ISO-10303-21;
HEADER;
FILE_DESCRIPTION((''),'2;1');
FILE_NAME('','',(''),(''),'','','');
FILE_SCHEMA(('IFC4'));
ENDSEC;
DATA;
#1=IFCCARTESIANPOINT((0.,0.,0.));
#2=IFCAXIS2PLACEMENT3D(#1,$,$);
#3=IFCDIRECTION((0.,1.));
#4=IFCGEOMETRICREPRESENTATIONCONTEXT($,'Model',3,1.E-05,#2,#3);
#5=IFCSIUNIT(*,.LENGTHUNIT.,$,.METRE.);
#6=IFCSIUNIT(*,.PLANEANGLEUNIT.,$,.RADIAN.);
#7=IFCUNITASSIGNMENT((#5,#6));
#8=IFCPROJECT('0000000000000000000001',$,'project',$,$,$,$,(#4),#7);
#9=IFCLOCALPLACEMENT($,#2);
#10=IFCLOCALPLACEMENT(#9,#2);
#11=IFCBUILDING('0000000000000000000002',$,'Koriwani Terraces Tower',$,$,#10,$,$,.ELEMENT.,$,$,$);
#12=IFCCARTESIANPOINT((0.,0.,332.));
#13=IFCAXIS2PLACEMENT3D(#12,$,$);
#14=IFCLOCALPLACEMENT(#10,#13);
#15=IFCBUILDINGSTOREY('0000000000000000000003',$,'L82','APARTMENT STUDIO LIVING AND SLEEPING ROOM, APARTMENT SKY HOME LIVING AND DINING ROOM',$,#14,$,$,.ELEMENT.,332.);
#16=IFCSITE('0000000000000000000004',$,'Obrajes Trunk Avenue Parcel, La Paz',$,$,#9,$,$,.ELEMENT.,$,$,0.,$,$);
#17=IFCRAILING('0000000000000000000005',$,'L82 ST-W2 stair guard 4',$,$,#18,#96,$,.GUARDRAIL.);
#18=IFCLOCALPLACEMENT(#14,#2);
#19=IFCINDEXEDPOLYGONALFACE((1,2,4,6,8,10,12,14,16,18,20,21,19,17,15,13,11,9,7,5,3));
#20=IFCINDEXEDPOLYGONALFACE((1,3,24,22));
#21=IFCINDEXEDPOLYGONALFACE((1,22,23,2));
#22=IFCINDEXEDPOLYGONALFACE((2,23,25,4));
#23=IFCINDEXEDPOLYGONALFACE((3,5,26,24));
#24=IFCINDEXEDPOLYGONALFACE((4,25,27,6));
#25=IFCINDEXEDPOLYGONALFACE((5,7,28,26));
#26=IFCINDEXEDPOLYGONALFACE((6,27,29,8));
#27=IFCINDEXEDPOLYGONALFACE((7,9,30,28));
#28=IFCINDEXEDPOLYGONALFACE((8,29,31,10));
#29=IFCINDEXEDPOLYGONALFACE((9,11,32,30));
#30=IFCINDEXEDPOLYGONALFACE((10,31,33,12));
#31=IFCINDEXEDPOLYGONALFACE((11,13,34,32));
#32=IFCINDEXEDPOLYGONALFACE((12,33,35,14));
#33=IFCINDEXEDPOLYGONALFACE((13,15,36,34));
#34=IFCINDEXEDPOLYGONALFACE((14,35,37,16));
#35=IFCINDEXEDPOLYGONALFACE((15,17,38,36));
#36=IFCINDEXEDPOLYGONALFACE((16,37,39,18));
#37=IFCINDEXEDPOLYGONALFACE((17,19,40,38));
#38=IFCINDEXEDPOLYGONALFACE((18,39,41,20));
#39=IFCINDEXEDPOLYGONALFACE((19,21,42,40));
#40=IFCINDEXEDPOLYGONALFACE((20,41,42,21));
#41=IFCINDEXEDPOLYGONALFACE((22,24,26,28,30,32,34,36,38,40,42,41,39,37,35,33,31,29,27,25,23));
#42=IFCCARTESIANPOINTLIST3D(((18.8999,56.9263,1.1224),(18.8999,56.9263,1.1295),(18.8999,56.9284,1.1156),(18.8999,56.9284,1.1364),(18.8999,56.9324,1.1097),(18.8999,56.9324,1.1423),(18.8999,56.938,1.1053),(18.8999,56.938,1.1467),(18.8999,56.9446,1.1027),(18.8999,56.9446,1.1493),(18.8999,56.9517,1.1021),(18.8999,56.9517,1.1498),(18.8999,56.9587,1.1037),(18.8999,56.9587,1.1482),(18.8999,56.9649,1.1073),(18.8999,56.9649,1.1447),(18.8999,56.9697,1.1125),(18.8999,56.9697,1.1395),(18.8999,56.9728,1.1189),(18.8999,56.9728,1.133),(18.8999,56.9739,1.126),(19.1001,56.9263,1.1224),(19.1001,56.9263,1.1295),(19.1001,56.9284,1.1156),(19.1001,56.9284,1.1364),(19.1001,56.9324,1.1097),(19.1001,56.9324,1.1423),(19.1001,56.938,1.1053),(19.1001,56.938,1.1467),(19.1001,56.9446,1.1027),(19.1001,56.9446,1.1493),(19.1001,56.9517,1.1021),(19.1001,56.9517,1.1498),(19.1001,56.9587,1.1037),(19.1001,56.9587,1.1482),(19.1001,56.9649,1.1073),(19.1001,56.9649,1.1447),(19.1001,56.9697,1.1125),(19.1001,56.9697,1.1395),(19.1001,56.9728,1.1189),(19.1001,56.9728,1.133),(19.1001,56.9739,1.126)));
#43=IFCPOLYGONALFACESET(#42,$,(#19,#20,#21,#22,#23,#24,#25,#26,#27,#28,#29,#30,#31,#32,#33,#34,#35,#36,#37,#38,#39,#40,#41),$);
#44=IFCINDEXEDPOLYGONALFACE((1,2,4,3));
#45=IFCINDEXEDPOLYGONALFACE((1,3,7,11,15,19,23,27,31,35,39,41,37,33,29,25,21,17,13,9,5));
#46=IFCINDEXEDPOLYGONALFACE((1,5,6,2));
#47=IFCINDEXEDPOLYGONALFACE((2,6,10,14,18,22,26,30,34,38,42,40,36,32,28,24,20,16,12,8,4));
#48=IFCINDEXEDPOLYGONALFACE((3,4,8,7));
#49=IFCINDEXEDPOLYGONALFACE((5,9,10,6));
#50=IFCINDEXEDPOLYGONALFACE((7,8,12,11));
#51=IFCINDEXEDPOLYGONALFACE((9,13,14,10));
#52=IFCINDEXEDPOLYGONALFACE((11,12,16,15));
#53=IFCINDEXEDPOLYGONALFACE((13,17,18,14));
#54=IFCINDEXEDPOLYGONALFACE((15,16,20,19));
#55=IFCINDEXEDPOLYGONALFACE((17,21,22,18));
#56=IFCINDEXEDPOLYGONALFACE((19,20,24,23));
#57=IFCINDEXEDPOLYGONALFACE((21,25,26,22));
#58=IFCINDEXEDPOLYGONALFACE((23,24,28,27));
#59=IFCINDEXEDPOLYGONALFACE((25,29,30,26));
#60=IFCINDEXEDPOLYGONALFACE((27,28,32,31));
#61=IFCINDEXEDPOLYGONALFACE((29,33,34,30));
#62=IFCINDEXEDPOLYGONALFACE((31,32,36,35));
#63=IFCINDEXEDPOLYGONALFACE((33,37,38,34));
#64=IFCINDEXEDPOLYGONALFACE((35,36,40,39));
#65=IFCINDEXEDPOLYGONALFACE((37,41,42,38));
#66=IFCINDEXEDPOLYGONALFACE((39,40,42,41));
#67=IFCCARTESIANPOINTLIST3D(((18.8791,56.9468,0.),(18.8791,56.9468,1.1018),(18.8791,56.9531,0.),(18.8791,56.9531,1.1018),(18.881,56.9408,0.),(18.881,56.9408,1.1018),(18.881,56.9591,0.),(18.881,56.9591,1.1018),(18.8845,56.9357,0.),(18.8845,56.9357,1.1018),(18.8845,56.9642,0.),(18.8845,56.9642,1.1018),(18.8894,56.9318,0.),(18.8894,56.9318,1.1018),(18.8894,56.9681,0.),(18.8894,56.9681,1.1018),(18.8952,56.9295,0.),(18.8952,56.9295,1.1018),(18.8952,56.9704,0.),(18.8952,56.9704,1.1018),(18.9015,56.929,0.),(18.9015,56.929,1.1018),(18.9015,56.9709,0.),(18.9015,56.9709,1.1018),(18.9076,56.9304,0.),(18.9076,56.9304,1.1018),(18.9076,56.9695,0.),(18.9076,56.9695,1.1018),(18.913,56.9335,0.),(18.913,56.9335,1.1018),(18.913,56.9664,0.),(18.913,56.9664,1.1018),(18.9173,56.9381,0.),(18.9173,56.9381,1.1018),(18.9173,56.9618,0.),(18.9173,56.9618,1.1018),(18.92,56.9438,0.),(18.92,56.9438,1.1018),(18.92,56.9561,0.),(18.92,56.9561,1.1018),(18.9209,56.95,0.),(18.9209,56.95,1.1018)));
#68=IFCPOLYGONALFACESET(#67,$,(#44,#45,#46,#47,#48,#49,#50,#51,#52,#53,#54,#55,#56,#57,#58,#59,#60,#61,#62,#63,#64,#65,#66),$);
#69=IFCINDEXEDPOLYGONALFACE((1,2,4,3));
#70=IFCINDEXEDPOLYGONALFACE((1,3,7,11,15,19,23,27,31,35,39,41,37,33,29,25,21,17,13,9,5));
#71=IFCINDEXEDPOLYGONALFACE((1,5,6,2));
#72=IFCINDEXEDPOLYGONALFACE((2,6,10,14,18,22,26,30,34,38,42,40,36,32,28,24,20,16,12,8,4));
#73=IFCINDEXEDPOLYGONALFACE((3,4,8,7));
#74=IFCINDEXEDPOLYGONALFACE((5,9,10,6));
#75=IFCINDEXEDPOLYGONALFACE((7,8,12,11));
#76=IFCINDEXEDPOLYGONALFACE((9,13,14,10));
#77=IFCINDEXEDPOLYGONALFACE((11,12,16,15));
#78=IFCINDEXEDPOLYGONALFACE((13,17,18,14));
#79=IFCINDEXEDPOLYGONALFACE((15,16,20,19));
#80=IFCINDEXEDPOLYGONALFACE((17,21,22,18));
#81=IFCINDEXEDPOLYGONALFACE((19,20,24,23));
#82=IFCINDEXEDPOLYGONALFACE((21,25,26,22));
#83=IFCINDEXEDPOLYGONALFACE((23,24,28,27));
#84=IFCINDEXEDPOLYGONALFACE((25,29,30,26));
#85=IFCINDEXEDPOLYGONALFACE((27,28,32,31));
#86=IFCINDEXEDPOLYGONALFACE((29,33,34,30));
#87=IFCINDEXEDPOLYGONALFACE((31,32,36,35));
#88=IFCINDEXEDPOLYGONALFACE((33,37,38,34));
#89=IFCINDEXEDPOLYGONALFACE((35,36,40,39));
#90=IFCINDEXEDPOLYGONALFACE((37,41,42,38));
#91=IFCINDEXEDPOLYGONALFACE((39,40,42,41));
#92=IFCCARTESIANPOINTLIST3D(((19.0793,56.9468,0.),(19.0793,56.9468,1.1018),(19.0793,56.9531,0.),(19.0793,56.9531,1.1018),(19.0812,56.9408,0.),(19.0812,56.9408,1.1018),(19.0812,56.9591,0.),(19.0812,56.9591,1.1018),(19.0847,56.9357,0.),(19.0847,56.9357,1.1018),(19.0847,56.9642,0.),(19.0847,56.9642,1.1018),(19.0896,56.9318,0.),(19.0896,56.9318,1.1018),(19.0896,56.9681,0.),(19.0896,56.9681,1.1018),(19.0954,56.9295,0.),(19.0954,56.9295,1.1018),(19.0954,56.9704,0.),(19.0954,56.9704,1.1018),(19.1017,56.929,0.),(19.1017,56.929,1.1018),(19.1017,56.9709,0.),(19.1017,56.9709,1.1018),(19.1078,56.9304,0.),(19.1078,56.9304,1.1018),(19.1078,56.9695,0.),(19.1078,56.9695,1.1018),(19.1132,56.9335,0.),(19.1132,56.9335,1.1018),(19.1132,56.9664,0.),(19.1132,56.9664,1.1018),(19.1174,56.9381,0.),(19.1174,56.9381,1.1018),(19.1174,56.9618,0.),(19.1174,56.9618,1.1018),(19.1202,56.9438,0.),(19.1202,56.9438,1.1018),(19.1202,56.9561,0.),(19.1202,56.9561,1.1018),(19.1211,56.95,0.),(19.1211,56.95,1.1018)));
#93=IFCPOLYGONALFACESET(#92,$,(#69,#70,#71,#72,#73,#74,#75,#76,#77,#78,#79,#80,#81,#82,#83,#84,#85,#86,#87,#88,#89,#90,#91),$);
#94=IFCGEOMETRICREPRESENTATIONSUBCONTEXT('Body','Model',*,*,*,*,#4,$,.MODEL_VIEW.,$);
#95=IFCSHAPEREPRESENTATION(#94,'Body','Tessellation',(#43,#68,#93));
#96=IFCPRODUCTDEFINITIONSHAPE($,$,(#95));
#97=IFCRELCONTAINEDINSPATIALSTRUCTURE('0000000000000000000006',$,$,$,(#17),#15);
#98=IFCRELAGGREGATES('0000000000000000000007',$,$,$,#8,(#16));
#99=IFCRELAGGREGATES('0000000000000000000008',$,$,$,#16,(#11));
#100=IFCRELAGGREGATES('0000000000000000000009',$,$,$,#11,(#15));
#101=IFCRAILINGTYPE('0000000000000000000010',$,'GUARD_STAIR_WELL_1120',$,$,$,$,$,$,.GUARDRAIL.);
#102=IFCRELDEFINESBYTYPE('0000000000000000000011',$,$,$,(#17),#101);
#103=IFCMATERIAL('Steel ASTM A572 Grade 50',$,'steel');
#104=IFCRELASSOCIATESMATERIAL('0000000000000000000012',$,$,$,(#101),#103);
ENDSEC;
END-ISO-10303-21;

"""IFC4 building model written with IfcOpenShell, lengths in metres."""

from ifc_helpers import new_model, si_unit, direction, frame, origin, origin_2d, place, context, subcontext, project, spatial, circle, extrude, material, type_object, element, save


model = new_model("IFC4")

# Units and contexts
model_context = context("Model", 3, precision=1e-05, world=origin(), true_north=direction((0.0, 1.0)))
body_context = subcontext(model_context, "Body", "Model", "MODEL_VIEW")
ifc_project = project(units=[si_unit("LENGTHUNIT", "METRE"), si_unit("PLANEANGLEUNIT", "RADIAN")], contexts=[model_context])

# Site, building, storey
site_placement = place(None, origin())
site = spatial("IfcSite", under=ifc_project, at=site_placement, Name="Obrajes Trunk Avenue Parcel, La Paz", CompositionType="ELEMENT", RefElevation=0.0)
building_placement = place(site_placement, origin())
building = spatial("IfcBuilding", under=site, at=building_placement, Name="Koriwani Terraces Tower", CompositionType="ELEMENT")
storey_placement = place(building_placement, frame((0.0, 0.0, 332.0)))
storey = spatial("IfcBuildingStorey", under=building, at=storey_placement, Name="L82", Description="APARTMENT STUDIO LIVING AND SLEEPING ROOM, APARTMENT SKY HOME LIVING AND DINING ROOM", CompositionType="ELEMENT", Elevation=332.0)

# Shared definitions
ifc_material_1 = material(Name="Steel ASTM A572 Grade 50", Category="steel")

# Railing
railing_type_1 = type_object("IfcRailingType", Name="GUARD_STAIR_WELL_1120", PredefinedType="GUARDRAIL", material=ifc_material_1)
railing_1_placement = place(storey_placement, frame((18.8999, 56.95, 0.0)))
element("IfcRailing", 1, at=railing_1_placement, inside=storey, type_object=railing_type_1, Name="L82 ST-W2 stair guard 4", PredefinedType="GUARDRAIL", context=body_context, shape_type="SweptSolid", body=[
    extrude(circle(Radius=0.0239, at=origin_2d()), frame((0.0, 0.0, 1.126), z_axis=(1.0, 0.0, 0.0), x_axis=(0.0, 1.0, 0.0)), (0.0, 0.0, 1.0), 0.2002),
    extrude(circle(Radius=0.021, at=origin_2d()), origin(), (0.0, 0.0, 1.0), 1.1018),
    extrude(circle(Radius=0.021, at=origin_2d()), frame((0.2002, 0.0, 0.0)), (0.0, 0.0, 1.0), 1.1018),
])

save(model, "model.ifc")
